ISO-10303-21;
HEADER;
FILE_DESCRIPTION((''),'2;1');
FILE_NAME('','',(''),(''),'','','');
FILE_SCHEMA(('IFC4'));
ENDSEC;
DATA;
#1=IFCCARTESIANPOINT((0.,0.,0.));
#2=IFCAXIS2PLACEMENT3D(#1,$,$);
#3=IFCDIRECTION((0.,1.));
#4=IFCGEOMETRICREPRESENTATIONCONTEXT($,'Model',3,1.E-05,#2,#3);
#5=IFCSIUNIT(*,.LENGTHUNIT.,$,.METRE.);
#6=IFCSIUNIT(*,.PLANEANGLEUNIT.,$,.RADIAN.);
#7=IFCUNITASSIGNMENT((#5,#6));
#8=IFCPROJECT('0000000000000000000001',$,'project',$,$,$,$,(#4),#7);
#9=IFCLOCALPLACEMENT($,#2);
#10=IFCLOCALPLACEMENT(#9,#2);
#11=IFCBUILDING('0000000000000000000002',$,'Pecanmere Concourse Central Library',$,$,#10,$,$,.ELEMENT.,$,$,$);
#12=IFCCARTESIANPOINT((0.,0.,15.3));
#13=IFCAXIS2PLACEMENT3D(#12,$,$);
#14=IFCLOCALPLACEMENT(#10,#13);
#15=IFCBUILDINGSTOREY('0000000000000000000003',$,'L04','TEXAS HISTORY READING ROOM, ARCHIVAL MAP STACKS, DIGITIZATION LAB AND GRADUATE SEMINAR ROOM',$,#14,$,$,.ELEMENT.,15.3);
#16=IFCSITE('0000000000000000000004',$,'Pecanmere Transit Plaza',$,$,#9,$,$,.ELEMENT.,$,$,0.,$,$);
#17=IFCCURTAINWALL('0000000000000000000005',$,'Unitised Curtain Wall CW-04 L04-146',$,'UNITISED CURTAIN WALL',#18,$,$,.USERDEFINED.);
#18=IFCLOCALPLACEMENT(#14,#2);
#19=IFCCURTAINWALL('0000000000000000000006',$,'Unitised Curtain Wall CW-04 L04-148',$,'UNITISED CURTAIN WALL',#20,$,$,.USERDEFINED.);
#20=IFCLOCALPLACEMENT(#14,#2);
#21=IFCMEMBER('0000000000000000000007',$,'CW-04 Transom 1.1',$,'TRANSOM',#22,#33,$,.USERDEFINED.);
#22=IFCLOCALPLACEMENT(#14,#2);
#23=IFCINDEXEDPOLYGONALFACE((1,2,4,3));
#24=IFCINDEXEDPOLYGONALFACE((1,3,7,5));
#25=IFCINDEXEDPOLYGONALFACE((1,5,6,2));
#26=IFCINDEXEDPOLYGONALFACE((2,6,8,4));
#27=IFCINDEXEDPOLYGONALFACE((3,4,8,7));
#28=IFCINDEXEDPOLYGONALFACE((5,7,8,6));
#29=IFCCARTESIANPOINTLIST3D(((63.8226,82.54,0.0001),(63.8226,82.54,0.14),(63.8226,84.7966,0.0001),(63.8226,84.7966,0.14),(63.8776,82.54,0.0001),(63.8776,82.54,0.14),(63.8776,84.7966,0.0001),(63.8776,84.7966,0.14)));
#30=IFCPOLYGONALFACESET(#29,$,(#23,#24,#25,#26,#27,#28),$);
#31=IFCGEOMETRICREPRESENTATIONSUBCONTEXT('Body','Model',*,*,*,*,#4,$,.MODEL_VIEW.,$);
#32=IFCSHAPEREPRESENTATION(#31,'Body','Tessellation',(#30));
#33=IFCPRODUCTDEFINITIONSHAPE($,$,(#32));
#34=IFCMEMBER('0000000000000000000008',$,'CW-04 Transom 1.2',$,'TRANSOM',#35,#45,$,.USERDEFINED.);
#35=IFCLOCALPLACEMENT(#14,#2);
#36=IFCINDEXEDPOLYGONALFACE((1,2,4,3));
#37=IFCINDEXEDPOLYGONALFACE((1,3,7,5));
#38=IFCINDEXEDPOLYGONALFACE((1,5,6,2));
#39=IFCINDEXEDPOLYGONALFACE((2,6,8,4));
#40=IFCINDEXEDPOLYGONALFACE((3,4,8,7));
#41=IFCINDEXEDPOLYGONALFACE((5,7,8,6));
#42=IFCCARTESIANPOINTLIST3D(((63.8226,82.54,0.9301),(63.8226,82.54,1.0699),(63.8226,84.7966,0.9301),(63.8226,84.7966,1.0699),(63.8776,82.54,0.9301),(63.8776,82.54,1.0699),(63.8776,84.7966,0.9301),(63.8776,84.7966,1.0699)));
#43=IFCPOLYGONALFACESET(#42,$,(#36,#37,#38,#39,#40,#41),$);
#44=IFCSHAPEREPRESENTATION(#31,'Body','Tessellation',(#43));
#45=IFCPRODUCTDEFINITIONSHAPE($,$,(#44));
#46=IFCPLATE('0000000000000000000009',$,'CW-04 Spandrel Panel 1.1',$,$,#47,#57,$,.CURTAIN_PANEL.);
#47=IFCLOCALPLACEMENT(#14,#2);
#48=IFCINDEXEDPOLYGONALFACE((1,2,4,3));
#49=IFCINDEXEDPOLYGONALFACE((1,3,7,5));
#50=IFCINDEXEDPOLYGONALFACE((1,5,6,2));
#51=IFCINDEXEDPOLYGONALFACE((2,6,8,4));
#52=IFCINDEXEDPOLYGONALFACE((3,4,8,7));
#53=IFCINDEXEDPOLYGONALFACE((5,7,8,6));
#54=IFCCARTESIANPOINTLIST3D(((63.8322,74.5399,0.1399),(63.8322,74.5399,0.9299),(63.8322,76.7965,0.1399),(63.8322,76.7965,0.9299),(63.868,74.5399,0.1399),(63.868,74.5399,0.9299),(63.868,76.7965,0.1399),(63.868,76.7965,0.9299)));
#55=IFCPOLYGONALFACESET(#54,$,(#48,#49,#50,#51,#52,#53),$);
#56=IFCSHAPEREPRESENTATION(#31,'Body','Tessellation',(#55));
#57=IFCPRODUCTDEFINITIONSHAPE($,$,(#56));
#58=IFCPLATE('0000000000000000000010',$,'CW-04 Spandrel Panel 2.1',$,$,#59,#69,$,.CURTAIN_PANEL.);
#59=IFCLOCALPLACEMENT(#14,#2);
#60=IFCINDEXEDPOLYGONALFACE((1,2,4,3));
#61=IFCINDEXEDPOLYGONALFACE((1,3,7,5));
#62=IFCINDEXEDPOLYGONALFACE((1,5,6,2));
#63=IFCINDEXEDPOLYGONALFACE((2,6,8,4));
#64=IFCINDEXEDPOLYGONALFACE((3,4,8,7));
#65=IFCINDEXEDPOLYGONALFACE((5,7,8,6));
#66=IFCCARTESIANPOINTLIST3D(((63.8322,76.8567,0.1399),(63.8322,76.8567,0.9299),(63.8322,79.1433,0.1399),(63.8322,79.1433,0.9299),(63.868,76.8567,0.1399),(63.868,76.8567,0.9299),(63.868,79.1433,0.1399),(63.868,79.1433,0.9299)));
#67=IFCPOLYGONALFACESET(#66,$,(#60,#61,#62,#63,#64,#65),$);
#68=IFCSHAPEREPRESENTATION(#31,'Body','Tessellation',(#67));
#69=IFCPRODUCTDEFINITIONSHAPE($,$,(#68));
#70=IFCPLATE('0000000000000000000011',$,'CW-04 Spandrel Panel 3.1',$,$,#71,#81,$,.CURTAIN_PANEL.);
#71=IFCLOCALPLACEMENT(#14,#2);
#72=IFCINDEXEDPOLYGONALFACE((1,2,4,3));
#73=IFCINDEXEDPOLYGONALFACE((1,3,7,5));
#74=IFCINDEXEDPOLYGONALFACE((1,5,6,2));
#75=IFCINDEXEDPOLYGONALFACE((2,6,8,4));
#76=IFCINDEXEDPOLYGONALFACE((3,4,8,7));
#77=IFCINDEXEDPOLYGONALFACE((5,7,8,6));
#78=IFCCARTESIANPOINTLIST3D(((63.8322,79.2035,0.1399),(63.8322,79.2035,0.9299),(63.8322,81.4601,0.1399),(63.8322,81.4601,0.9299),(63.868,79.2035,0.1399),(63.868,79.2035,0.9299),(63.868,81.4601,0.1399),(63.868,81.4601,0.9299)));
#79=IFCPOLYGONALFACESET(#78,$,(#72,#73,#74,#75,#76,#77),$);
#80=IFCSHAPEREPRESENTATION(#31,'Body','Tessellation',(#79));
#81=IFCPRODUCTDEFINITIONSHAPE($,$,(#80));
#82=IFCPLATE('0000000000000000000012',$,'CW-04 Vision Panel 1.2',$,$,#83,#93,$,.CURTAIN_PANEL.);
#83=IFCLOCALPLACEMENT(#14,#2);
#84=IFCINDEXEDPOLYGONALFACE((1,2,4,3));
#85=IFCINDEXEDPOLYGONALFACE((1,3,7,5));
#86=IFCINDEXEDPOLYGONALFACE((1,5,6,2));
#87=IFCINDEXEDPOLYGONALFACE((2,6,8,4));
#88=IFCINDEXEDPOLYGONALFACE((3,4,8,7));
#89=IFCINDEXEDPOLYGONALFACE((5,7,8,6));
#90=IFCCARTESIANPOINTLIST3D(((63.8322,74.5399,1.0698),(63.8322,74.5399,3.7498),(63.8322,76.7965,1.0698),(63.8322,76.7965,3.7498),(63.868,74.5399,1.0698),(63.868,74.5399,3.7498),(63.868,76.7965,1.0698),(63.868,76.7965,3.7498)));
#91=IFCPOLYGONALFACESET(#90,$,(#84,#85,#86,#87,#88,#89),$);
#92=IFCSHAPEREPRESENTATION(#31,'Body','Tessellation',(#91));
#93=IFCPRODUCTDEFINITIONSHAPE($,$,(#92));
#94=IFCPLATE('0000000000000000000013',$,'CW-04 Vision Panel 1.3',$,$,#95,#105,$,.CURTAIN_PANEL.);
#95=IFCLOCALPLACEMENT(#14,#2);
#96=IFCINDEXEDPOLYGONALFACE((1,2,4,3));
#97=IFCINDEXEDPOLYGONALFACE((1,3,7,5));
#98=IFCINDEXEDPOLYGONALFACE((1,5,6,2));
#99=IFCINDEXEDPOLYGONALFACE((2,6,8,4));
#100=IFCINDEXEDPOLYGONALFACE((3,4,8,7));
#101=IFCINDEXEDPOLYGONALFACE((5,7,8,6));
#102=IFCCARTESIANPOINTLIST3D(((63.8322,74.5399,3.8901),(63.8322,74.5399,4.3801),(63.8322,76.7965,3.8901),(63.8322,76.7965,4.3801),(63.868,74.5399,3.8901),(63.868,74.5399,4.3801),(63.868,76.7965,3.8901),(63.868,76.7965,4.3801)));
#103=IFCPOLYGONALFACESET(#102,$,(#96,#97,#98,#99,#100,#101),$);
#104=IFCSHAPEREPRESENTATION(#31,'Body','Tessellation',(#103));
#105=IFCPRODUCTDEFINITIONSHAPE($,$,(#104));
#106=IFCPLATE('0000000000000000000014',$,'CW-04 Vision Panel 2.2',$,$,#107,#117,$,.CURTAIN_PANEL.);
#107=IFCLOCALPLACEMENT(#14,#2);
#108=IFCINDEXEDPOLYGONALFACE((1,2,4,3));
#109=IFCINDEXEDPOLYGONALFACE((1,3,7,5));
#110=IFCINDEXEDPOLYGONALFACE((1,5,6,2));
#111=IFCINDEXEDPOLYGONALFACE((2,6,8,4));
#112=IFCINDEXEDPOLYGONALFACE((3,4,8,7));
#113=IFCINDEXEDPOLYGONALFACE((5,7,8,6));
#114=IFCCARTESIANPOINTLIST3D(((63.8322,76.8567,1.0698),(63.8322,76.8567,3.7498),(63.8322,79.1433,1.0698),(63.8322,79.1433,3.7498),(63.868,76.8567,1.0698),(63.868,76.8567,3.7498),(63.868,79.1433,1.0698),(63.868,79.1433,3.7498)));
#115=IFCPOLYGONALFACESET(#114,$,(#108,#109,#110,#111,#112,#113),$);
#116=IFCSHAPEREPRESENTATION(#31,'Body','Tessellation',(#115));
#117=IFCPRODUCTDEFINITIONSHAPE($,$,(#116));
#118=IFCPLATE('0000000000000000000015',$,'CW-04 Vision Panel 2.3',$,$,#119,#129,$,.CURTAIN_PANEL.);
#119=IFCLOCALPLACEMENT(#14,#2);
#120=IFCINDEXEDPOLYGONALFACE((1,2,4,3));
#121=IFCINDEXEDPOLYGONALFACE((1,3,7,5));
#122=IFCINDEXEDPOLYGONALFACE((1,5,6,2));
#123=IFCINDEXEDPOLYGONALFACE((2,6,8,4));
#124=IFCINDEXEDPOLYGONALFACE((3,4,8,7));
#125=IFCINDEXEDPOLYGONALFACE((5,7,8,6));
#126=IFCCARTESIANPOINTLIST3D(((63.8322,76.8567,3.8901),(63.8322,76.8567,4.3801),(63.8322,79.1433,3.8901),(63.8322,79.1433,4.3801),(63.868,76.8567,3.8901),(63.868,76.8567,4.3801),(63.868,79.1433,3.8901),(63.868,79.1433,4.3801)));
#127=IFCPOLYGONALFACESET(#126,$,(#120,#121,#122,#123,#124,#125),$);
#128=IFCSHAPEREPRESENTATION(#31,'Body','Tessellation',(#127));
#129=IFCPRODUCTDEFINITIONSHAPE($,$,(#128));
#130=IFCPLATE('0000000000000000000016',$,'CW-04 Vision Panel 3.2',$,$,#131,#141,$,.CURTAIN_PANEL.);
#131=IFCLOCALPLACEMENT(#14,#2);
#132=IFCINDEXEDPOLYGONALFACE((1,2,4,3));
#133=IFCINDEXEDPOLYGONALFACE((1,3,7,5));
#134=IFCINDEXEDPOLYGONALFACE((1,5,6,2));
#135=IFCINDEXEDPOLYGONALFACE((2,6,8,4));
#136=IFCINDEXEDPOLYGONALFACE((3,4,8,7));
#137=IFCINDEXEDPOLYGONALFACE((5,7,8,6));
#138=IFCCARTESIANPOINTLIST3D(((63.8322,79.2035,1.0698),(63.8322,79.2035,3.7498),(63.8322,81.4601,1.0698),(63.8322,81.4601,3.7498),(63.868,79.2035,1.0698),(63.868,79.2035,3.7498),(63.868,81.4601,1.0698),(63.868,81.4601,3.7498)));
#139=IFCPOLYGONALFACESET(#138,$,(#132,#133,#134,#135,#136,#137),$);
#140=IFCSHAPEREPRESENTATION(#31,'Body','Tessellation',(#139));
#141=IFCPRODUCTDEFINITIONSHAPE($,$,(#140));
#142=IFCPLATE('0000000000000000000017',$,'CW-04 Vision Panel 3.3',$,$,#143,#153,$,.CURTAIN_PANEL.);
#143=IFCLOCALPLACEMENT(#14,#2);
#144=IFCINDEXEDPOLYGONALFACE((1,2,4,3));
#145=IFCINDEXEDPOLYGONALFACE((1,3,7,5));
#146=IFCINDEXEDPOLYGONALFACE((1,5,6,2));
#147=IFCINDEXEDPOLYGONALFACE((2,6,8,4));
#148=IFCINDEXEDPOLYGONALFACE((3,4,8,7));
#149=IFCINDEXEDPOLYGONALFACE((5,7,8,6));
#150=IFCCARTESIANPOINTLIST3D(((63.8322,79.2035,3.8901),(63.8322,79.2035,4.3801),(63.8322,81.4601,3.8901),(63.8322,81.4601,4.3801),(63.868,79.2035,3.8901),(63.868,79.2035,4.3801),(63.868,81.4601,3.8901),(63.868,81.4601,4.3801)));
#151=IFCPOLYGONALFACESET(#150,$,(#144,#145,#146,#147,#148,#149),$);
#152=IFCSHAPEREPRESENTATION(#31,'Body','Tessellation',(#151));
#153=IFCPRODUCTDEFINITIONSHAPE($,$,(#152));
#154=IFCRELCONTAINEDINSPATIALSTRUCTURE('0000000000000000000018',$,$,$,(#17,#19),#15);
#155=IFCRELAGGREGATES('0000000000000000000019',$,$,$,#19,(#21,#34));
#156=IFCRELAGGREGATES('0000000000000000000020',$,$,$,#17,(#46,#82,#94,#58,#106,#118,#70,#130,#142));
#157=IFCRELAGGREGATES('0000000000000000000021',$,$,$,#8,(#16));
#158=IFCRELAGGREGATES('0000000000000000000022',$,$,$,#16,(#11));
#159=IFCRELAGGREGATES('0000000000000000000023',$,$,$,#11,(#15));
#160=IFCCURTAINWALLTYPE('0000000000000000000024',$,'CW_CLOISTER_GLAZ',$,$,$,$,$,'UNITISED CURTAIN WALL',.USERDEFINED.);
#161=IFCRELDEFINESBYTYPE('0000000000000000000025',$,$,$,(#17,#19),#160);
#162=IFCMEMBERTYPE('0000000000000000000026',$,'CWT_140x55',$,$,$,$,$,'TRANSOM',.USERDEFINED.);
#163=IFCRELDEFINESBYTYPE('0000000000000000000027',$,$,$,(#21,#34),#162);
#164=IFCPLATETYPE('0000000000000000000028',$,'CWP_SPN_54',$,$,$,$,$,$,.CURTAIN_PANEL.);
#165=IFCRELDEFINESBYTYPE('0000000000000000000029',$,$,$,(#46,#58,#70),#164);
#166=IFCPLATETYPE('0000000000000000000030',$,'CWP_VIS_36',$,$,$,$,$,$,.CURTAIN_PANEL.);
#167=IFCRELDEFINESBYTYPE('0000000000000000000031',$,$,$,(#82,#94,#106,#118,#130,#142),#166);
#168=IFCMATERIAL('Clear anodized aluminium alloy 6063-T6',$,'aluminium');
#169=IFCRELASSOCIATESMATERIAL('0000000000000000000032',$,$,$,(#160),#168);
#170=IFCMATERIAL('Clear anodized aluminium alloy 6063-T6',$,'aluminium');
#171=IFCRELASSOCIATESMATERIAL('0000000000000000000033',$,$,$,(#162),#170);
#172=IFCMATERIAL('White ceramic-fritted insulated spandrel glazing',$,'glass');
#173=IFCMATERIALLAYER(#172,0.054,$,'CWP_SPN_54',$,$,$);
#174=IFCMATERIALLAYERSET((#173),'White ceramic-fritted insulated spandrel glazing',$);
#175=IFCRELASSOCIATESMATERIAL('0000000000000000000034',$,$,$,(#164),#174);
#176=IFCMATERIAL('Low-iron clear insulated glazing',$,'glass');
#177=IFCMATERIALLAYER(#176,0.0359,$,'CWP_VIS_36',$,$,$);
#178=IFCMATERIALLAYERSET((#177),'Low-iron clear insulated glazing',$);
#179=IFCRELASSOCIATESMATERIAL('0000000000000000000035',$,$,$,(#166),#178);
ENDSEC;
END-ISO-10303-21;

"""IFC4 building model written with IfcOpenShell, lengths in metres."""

from ifc_helpers import new_model, si_unit, direction, frame, origin, origin_2d, place, context, subcontext, project, spatial, rectangle, extrude, material, layer, layer_set, material_profile, profile_set, type_object, element, aggregate, save


model = new_model("IFC4")

# Units and contexts
model_context = context("Model", 3, precision=1e-05, world=origin(), true_north=direction((0.0, 1.0)))
body_context = subcontext(model_context, "Body", "Model", "MODEL_VIEW")
ifc_project = project(units=[si_unit("LENGTHUNIT", "METRE"), si_unit("PLANEANGLEUNIT", "RADIAN")], contexts=[model_context])

# Site, building, storey
site_placement = place(None, origin())
site = spatial("IfcSite", under=ifc_project, at=site_placement, Name="Pecanmere Transit Plaza", CompositionType="ELEMENT", RefElevation=0.0)
building_placement = place(site_placement, origin())
building = spatial("IfcBuilding", under=site, at=building_placement, Name="Pecanmere Concourse Central Library", CompositionType="ELEMENT")
storey_placement = place(building_placement, frame((0.0, 0.0, 15.3)))
storey = spatial("IfcBuildingStorey", under=building, at=storey_placement, Name="L04", Description="TEXAS HISTORY READING ROOM, ARCHIVAL MAP STACKS, DIGITIZATION LAB AND GRADUATE SEMINAR ROOM", CompositionType="ELEMENT", Elevation=15.3)

# Curtain wall
ifc_material_1 = material(Name="Clear anodized aluminium alloy 6063-T6", Category="aluminium")
curtain_wall_type = type_object("IfcCurtainWallType", Name="CW_CLOISTER_GLAZ", ElementType="UNITISED CURTAIN WALL", PredefinedType="USERDEFINED", material=ifc_material_1)
curtain_wall_1_placement = place(storey_placement, origin())
curtain_wall_1 = element("IfcCurtainWall", 1, at=curtain_wall_1_placement, inside=storey, type_object=curtain_wall_type, Name="Unitised Curtain Wall CW-04 L04-146", ObjectType="UNITISED CURTAIN WALL", PredefinedType="USERDEFINED")

# Curtain wall
curtain_wall_2_placement = place(storey_placement, origin())
curtain_wall_2 = element("IfcCurtainWall", 2, at=curtain_wall_2_placement, inside=storey, type_object=curtain_wall_type, Name="Unitised Curtain Wall CW-04 L04-148", ObjectType="UNITISED CURTAIN WALL", PredefinedType="USERDEFINED")

# Members
ifc_material_2 = material(Name="Clear anodized aluminium alloy 6063-T6", Category="aluminium")
ifc_material_profile_1 = material_profile(ifc_material_2, rectangle(XDim=0.0549, YDim=0.1399, at=origin_2d()), Name="AL 55x140")
ifc_profile_set_1 = profile_set([ifc_material_profile_1], Name="Clear anodized aluminium alloy 6063-T6")
member_type_1 = type_object("IfcMemberType", Name="CWT_140x55", ElementType="TRANSOM", PredefinedType="USERDEFINED", material=ifc_profile_set_1)
member_1_placement = place(storey_placement, frame((63.8501, 82.54, 0.0701), z_axis=(0.0, 1.0, 0.0), x_axis=(-1.0, 0.0, 0.0)))
member_1 = element("IfcMember", 3, at=member_1_placement, type_object=member_type_1, Name="CW-04 Transom 1.1", ObjectType="TRANSOM", PredefinedType="USERDEFINED", context=body_context, shape_type="SweptSolid", body=[
    extrude(rectangle(XDim=0.0549, YDim=0.1399, at=origin_2d()), origin(), (0.0, 0.0, 1.0), 2.2566),
])
member_2_placement = place(storey_placement, frame((63.8501, 82.54, 1.0), z_axis=(0.0, 1.0, 0.0), x_axis=(-1.0, 0.0, 0.0)))
member_2 = element("IfcMember", 4, at=member_2_placement, type_object=member_type_1, Name="CW-04 Transom 1.2", ObjectType="TRANSOM", PredefinedType="USERDEFINED", context=body_context, shape_type="SweptSolid", body=[
    extrude(rectangle(XDim=0.0549, YDim=0.1399, at=origin_2d()), origin(), (0.0, 0.0, 1.0), 2.2566),
])
aggregate(curtain_wall_2, [member_1, member_2])

# Plates
ifc_material_3 = material(Name="White ceramic-fritted insulated spandrel glazing", Category="glass")
ifc_layer_1 = layer(ifc_material_3, 0.054, Name="CWP_SPN_54")
ifc_layer_set_1 = layer_set([ifc_layer_1], Name="White ceramic-fritted insulated spandrel glazing")
plate_type_1 = type_object("IfcPlateType", Name="CWP_SPN_54", PredefinedType="CURTAIN_PANEL", material=ifc_layer_set_1)
plate_1_placement = place(storey_placement, frame((63.8501, 75.6682, 0.1399), z_axis=(0.0, 0.0, 1.0), x_axis=(0.0, 1.0, 0.0)))
plate_1 = element("IfcPlate", 5, at=plate_1_placement, type_object=plate_type_1, Name="CW-04 Spandrel Panel 1.1", PredefinedType="CURTAIN_PANEL", context=body_context, shape_type="SweptSolid", body=[
    extrude(rectangle(XDim=2.2566, YDim=0.0359, at=origin_2d()), origin(), (0.0, 0.0, 1.0), 0.79),
])
plate_2_placement = place(storey_placement, frame((63.8501, 78.0, 0.1399), z_axis=(0.0, 0.0, 1.0), x_axis=(0.0, 1.0, 0.0)))
plate_2 = element("IfcPlate", 6, at=plate_2_placement, type_object=plate_type_1, Name="CW-04 Spandrel Panel 2.1", PredefinedType="CURTAIN_PANEL", context=body_context, shape_type="SweptSolid", body=[
    extrude(rectangle(XDim=2.2866, YDim=0.0359, at=origin_2d()), origin(), (0.0, 0.0, 1.0), 0.79),
])
plate_3_placement = place(storey_placement, frame((63.8501, 80.3318, 0.1399), z_axis=(0.0, 0.0, 1.0), x_axis=(0.0, 1.0, 0.0)))
plate_3 = element("IfcPlate", 7, at=plate_3_placement, type_object=plate_type_1, Name="CW-04 Spandrel Panel 3.1", PredefinedType="CURTAIN_PANEL", context=body_context, shape_type="SweptSolid", body=[
    extrude(rectangle(XDim=2.2566, YDim=0.0359, at=origin_2d()), origin(), (0.0, 0.0, 1.0), 0.79),
])
ifc_material_4 = material(Name="Low-iron clear insulated glazing", Category="glass")
ifc_layer_2 = layer(ifc_material_4, 0.0359, Name="CWP_VIS_36")
ifc_layer_set_2 = layer_set([ifc_layer_2], Name="Low-iron clear insulated glazing")
plate_type_2 = type_object("IfcPlateType", Name="CWP_VIS_36", PredefinedType="CURTAIN_PANEL", material=ifc_layer_set_2)
plate_4_placement = place(storey_placement, frame((63.8501, 75.6682, 1.0698), z_axis=(0.0, 0.0, 1.0), x_axis=(0.0, 1.0, 0.0)))
plate_4 = element("IfcPlate", 8, at=plate_4_placement, type_object=plate_type_2, Name="CW-04 Vision Panel 1.2", PredefinedType="CURTAIN_PANEL", context=body_context, shape_type="SweptSolid", body=[
    extrude(rectangle(XDim=2.2566, YDim=0.0359, at=origin_2d()), origin(), (0.0, 0.0, 1.0), 2.6799),
])
plate_5_placement = place(storey_placement, frame((63.8501, 75.6682, 3.8901), z_axis=(0.0, 0.0, 1.0), x_axis=(0.0, 1.0, 0.0)))
plate_5 = element("IfcPlate", 9, at=plate_5_placement, type_object=plate_type_2, Name="CW-04 Vision Panel 1.3", PredefinedType="CURTAIN_PANEL", context=body_context, shape_type="SweptSolid", body=[
    extrude(rectangle(XDim=2.2566, YDim=0.0359, at=origin_2d()), origin(), (0.0, 0.0, 1.0), 0.49),
])
plate_6_placement = place(storey_placement, frame((63.8501, 78.0, 1.0698), z_axis=(0.0, 0.0, 1.0), x_axis=(0.0, 1.0, 0.0)))
plate_6 = element("IfcPlate", 10, at=plate_6_placement, type_object=plate_type_2, Name="CW-04 Vision Panel 2.2", PredefinedType="CURTAIN_PANEL", context=body_context, shape_type="SweptSolid", body=[
    extrude(rectangle(XDim=2.2866, YDim=0.0359, at=origin_2d()), origin(), (0.0, 0.0, 1.0), 2.6799),
])
plate_7_placement = place(storey_placement, frame((63.8501, 78.0, 3.8901), z_axis=(0.0, 0.0, 1.0), x_axis=(0.0, 1.0, 0.0)))
plate_7 = element("IfcPlate", 11, at=plate_7_placement, type_object=plate_type_2, Name="CW-04 Vision Panel 2.3", PredefinedType="CURTAIN_PANEL", context=body_context, shape_type="SweptSolid", body=[
    extrude(rectangle(XDim=2.2866, YDim=0.0359, at=origin_2d()), origin(), (0.0, 0.0, 1.0), 0.49),
])
plate_8_placement = place(storey_placement, frame((63.8501, 80.3318, 1.0698), z_axis=(0.0, 0.0, 1.0), x_axis=(0.0, 1.0, 0.0)))
plate_8 = element("IfcPlate", 12, at=plate_8_placement, type_object=plate_type_2, Name="CW-04 Vision Panel 3.2", PredefinedType="CURTAIN_PANEL", context=body_context, shape_type="SweptSolid", body=[
    extrude(rectangle(XDim=2.2566, YDim=0.0359, at=origin_2d()), origin(), (0.0, 0.0, 1.0), 2.6799),
])
plate_9_placement = place(storey_placement, frame((63.8501, 80.3318, 3.8901), z_axis=(0.0, 0.0, 1.0), x_axis=(0.0, 1.0, 0.0)))
plate_9 = element("IfcPlate", 13, at=plate_9_placement, type_object=plate_type_2, Name="CW-04 Vision Panel 3.3", PredefinedType="CURTAIN_PANEL", context=body_context, shape_type="SweptSolid", body=[
    extrude(rectangle(XDim=2.2566, YDim=0.0359, at=origin_2d()), origin(), (0.0, 0.0, 1.0), 0.49),
])
aggregate(curtain_wall_1, [plate_1, plate_4, plate_5, plate_2, plate_6, plate_7, plate_3, plate_8, plate_9])

save(model, "model.ifc")
